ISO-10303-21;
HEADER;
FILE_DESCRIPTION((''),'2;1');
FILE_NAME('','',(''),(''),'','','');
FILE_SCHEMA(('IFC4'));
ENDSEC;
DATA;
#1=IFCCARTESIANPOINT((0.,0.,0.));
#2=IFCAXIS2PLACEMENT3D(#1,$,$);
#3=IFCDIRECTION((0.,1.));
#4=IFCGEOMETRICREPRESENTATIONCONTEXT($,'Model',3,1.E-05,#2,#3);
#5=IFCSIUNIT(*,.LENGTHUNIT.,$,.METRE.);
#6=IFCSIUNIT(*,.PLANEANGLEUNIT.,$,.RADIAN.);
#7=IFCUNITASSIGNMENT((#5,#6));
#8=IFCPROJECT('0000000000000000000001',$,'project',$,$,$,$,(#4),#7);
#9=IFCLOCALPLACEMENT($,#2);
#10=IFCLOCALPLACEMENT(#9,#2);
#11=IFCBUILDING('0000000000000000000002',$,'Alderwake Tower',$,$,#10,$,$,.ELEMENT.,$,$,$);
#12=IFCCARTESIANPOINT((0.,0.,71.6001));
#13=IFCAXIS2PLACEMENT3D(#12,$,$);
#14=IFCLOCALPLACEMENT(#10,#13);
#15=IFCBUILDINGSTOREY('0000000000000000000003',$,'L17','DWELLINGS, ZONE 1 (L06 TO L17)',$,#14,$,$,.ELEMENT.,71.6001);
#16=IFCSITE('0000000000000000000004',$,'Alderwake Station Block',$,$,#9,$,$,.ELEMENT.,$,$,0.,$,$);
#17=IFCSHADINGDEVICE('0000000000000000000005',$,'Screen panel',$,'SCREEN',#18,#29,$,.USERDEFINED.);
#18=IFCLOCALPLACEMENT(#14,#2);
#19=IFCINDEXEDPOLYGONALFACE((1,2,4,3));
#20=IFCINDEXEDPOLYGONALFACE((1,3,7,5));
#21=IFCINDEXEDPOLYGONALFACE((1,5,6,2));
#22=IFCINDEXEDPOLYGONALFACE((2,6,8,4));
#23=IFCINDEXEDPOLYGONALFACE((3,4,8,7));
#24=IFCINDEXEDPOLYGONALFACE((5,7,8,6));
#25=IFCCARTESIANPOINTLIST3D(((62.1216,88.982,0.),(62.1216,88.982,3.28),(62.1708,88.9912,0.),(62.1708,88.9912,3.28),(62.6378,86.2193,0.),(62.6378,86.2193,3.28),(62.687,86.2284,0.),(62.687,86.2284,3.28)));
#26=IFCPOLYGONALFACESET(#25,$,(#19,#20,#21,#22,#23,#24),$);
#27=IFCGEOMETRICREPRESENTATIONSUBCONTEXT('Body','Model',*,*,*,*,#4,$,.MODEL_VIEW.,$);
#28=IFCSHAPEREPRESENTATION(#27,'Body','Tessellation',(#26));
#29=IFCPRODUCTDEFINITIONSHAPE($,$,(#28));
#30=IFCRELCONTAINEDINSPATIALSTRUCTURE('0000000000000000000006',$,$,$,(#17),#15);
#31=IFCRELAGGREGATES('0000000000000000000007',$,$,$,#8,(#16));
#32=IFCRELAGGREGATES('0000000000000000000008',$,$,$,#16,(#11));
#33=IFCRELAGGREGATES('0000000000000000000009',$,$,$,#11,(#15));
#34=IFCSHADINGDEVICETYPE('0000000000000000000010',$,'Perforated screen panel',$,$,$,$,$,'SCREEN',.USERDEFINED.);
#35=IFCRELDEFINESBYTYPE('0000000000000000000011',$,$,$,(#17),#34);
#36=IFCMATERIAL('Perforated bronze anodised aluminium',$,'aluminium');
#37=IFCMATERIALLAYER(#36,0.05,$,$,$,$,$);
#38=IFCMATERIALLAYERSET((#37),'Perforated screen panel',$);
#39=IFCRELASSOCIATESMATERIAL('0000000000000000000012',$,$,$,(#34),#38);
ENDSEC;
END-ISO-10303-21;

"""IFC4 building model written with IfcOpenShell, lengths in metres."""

from ifc_helpers import new_model, si_unit, direction, frame, origin, origin_2d, place, context, subcontext, project, spatial, rectangle, extrude, material, layer, layer_set, type_object, element, save


model = new_model("IFC4")

# Units and contexts
model_context = context("Model", 3, precision=1e-05, world=origin(), true_north=direction((0.0, 1.0)))
body_context = subcontext(model_context, "Body", "Model", "MODEL_VIEW")
ifc_project = project(units=[si_unit("LENGTHUNIT", "METRE"), si_unit("PLANEANGLEUNIT", "RADIAN")], contexts=[model_context])

# Site, building, storey
site_placement = place(None, origin())
site = spatial("IfcSite", under=ifc_project, at=site_placement, Name="Alderwake Station Block", CompositionType="ELEMENT", RefElevation=0.0)
building_placement = place(site_placement, origin())
building = spatial("IfcBuilding", under=site, at=building_placement, Name="Alderwake Tower", CompositionType="ELEMENT")
storey_placement = place(building_placement, frame((0.0, 0.0, 71.6001)))
storey = spatial("IfcBuildingStorey", under=building, at=storey_placement, Name="L17", Description="DWELLINGS, ZONE 1 (L06 TO L17)", CompositionType="ELEMENT", Elevation=71.6001)

# Shading device
ifc_material_1 = material(Name="Perforated bronze anodised aluminium", Category="aluminium")
ifc_layer_1 = layer(ifc_material_1, 0.05)
ifc_layer_set_1 = layer_set([ifc_layer_1], Name="Perforated screen panel")
shading_device_type_1 = type_object("IfcShadingDeviceType", Name="Perforated screen panel", ElementType="SCREEN", PredefinedType="USERDEFINED", material=ifc_layer_set_1)
shading_device_placement = place(storey_placement, frame((62.4043, 87.6052, 0.0), z_axis=(0.0, 0.0, 1.0), x_axis=(0.982991, 0.183651, 0.0)))
element("IfcShadingDevice", 1, at=shading_device_placement, inside=storey, type_object=shading_device_type_1, Name="Screen panel", ObjectType="SCREEN", PredefinedType="USERDEFINED", context=body_context, shape_type="SweptSolid", body=[
    extrude(rectangle(XDim=0.05, YDim=2.8105, at=origin_2d()), origin(), (0.0, 0.0, 1.0), 3.28),
])

save(model, "model.ifc")
